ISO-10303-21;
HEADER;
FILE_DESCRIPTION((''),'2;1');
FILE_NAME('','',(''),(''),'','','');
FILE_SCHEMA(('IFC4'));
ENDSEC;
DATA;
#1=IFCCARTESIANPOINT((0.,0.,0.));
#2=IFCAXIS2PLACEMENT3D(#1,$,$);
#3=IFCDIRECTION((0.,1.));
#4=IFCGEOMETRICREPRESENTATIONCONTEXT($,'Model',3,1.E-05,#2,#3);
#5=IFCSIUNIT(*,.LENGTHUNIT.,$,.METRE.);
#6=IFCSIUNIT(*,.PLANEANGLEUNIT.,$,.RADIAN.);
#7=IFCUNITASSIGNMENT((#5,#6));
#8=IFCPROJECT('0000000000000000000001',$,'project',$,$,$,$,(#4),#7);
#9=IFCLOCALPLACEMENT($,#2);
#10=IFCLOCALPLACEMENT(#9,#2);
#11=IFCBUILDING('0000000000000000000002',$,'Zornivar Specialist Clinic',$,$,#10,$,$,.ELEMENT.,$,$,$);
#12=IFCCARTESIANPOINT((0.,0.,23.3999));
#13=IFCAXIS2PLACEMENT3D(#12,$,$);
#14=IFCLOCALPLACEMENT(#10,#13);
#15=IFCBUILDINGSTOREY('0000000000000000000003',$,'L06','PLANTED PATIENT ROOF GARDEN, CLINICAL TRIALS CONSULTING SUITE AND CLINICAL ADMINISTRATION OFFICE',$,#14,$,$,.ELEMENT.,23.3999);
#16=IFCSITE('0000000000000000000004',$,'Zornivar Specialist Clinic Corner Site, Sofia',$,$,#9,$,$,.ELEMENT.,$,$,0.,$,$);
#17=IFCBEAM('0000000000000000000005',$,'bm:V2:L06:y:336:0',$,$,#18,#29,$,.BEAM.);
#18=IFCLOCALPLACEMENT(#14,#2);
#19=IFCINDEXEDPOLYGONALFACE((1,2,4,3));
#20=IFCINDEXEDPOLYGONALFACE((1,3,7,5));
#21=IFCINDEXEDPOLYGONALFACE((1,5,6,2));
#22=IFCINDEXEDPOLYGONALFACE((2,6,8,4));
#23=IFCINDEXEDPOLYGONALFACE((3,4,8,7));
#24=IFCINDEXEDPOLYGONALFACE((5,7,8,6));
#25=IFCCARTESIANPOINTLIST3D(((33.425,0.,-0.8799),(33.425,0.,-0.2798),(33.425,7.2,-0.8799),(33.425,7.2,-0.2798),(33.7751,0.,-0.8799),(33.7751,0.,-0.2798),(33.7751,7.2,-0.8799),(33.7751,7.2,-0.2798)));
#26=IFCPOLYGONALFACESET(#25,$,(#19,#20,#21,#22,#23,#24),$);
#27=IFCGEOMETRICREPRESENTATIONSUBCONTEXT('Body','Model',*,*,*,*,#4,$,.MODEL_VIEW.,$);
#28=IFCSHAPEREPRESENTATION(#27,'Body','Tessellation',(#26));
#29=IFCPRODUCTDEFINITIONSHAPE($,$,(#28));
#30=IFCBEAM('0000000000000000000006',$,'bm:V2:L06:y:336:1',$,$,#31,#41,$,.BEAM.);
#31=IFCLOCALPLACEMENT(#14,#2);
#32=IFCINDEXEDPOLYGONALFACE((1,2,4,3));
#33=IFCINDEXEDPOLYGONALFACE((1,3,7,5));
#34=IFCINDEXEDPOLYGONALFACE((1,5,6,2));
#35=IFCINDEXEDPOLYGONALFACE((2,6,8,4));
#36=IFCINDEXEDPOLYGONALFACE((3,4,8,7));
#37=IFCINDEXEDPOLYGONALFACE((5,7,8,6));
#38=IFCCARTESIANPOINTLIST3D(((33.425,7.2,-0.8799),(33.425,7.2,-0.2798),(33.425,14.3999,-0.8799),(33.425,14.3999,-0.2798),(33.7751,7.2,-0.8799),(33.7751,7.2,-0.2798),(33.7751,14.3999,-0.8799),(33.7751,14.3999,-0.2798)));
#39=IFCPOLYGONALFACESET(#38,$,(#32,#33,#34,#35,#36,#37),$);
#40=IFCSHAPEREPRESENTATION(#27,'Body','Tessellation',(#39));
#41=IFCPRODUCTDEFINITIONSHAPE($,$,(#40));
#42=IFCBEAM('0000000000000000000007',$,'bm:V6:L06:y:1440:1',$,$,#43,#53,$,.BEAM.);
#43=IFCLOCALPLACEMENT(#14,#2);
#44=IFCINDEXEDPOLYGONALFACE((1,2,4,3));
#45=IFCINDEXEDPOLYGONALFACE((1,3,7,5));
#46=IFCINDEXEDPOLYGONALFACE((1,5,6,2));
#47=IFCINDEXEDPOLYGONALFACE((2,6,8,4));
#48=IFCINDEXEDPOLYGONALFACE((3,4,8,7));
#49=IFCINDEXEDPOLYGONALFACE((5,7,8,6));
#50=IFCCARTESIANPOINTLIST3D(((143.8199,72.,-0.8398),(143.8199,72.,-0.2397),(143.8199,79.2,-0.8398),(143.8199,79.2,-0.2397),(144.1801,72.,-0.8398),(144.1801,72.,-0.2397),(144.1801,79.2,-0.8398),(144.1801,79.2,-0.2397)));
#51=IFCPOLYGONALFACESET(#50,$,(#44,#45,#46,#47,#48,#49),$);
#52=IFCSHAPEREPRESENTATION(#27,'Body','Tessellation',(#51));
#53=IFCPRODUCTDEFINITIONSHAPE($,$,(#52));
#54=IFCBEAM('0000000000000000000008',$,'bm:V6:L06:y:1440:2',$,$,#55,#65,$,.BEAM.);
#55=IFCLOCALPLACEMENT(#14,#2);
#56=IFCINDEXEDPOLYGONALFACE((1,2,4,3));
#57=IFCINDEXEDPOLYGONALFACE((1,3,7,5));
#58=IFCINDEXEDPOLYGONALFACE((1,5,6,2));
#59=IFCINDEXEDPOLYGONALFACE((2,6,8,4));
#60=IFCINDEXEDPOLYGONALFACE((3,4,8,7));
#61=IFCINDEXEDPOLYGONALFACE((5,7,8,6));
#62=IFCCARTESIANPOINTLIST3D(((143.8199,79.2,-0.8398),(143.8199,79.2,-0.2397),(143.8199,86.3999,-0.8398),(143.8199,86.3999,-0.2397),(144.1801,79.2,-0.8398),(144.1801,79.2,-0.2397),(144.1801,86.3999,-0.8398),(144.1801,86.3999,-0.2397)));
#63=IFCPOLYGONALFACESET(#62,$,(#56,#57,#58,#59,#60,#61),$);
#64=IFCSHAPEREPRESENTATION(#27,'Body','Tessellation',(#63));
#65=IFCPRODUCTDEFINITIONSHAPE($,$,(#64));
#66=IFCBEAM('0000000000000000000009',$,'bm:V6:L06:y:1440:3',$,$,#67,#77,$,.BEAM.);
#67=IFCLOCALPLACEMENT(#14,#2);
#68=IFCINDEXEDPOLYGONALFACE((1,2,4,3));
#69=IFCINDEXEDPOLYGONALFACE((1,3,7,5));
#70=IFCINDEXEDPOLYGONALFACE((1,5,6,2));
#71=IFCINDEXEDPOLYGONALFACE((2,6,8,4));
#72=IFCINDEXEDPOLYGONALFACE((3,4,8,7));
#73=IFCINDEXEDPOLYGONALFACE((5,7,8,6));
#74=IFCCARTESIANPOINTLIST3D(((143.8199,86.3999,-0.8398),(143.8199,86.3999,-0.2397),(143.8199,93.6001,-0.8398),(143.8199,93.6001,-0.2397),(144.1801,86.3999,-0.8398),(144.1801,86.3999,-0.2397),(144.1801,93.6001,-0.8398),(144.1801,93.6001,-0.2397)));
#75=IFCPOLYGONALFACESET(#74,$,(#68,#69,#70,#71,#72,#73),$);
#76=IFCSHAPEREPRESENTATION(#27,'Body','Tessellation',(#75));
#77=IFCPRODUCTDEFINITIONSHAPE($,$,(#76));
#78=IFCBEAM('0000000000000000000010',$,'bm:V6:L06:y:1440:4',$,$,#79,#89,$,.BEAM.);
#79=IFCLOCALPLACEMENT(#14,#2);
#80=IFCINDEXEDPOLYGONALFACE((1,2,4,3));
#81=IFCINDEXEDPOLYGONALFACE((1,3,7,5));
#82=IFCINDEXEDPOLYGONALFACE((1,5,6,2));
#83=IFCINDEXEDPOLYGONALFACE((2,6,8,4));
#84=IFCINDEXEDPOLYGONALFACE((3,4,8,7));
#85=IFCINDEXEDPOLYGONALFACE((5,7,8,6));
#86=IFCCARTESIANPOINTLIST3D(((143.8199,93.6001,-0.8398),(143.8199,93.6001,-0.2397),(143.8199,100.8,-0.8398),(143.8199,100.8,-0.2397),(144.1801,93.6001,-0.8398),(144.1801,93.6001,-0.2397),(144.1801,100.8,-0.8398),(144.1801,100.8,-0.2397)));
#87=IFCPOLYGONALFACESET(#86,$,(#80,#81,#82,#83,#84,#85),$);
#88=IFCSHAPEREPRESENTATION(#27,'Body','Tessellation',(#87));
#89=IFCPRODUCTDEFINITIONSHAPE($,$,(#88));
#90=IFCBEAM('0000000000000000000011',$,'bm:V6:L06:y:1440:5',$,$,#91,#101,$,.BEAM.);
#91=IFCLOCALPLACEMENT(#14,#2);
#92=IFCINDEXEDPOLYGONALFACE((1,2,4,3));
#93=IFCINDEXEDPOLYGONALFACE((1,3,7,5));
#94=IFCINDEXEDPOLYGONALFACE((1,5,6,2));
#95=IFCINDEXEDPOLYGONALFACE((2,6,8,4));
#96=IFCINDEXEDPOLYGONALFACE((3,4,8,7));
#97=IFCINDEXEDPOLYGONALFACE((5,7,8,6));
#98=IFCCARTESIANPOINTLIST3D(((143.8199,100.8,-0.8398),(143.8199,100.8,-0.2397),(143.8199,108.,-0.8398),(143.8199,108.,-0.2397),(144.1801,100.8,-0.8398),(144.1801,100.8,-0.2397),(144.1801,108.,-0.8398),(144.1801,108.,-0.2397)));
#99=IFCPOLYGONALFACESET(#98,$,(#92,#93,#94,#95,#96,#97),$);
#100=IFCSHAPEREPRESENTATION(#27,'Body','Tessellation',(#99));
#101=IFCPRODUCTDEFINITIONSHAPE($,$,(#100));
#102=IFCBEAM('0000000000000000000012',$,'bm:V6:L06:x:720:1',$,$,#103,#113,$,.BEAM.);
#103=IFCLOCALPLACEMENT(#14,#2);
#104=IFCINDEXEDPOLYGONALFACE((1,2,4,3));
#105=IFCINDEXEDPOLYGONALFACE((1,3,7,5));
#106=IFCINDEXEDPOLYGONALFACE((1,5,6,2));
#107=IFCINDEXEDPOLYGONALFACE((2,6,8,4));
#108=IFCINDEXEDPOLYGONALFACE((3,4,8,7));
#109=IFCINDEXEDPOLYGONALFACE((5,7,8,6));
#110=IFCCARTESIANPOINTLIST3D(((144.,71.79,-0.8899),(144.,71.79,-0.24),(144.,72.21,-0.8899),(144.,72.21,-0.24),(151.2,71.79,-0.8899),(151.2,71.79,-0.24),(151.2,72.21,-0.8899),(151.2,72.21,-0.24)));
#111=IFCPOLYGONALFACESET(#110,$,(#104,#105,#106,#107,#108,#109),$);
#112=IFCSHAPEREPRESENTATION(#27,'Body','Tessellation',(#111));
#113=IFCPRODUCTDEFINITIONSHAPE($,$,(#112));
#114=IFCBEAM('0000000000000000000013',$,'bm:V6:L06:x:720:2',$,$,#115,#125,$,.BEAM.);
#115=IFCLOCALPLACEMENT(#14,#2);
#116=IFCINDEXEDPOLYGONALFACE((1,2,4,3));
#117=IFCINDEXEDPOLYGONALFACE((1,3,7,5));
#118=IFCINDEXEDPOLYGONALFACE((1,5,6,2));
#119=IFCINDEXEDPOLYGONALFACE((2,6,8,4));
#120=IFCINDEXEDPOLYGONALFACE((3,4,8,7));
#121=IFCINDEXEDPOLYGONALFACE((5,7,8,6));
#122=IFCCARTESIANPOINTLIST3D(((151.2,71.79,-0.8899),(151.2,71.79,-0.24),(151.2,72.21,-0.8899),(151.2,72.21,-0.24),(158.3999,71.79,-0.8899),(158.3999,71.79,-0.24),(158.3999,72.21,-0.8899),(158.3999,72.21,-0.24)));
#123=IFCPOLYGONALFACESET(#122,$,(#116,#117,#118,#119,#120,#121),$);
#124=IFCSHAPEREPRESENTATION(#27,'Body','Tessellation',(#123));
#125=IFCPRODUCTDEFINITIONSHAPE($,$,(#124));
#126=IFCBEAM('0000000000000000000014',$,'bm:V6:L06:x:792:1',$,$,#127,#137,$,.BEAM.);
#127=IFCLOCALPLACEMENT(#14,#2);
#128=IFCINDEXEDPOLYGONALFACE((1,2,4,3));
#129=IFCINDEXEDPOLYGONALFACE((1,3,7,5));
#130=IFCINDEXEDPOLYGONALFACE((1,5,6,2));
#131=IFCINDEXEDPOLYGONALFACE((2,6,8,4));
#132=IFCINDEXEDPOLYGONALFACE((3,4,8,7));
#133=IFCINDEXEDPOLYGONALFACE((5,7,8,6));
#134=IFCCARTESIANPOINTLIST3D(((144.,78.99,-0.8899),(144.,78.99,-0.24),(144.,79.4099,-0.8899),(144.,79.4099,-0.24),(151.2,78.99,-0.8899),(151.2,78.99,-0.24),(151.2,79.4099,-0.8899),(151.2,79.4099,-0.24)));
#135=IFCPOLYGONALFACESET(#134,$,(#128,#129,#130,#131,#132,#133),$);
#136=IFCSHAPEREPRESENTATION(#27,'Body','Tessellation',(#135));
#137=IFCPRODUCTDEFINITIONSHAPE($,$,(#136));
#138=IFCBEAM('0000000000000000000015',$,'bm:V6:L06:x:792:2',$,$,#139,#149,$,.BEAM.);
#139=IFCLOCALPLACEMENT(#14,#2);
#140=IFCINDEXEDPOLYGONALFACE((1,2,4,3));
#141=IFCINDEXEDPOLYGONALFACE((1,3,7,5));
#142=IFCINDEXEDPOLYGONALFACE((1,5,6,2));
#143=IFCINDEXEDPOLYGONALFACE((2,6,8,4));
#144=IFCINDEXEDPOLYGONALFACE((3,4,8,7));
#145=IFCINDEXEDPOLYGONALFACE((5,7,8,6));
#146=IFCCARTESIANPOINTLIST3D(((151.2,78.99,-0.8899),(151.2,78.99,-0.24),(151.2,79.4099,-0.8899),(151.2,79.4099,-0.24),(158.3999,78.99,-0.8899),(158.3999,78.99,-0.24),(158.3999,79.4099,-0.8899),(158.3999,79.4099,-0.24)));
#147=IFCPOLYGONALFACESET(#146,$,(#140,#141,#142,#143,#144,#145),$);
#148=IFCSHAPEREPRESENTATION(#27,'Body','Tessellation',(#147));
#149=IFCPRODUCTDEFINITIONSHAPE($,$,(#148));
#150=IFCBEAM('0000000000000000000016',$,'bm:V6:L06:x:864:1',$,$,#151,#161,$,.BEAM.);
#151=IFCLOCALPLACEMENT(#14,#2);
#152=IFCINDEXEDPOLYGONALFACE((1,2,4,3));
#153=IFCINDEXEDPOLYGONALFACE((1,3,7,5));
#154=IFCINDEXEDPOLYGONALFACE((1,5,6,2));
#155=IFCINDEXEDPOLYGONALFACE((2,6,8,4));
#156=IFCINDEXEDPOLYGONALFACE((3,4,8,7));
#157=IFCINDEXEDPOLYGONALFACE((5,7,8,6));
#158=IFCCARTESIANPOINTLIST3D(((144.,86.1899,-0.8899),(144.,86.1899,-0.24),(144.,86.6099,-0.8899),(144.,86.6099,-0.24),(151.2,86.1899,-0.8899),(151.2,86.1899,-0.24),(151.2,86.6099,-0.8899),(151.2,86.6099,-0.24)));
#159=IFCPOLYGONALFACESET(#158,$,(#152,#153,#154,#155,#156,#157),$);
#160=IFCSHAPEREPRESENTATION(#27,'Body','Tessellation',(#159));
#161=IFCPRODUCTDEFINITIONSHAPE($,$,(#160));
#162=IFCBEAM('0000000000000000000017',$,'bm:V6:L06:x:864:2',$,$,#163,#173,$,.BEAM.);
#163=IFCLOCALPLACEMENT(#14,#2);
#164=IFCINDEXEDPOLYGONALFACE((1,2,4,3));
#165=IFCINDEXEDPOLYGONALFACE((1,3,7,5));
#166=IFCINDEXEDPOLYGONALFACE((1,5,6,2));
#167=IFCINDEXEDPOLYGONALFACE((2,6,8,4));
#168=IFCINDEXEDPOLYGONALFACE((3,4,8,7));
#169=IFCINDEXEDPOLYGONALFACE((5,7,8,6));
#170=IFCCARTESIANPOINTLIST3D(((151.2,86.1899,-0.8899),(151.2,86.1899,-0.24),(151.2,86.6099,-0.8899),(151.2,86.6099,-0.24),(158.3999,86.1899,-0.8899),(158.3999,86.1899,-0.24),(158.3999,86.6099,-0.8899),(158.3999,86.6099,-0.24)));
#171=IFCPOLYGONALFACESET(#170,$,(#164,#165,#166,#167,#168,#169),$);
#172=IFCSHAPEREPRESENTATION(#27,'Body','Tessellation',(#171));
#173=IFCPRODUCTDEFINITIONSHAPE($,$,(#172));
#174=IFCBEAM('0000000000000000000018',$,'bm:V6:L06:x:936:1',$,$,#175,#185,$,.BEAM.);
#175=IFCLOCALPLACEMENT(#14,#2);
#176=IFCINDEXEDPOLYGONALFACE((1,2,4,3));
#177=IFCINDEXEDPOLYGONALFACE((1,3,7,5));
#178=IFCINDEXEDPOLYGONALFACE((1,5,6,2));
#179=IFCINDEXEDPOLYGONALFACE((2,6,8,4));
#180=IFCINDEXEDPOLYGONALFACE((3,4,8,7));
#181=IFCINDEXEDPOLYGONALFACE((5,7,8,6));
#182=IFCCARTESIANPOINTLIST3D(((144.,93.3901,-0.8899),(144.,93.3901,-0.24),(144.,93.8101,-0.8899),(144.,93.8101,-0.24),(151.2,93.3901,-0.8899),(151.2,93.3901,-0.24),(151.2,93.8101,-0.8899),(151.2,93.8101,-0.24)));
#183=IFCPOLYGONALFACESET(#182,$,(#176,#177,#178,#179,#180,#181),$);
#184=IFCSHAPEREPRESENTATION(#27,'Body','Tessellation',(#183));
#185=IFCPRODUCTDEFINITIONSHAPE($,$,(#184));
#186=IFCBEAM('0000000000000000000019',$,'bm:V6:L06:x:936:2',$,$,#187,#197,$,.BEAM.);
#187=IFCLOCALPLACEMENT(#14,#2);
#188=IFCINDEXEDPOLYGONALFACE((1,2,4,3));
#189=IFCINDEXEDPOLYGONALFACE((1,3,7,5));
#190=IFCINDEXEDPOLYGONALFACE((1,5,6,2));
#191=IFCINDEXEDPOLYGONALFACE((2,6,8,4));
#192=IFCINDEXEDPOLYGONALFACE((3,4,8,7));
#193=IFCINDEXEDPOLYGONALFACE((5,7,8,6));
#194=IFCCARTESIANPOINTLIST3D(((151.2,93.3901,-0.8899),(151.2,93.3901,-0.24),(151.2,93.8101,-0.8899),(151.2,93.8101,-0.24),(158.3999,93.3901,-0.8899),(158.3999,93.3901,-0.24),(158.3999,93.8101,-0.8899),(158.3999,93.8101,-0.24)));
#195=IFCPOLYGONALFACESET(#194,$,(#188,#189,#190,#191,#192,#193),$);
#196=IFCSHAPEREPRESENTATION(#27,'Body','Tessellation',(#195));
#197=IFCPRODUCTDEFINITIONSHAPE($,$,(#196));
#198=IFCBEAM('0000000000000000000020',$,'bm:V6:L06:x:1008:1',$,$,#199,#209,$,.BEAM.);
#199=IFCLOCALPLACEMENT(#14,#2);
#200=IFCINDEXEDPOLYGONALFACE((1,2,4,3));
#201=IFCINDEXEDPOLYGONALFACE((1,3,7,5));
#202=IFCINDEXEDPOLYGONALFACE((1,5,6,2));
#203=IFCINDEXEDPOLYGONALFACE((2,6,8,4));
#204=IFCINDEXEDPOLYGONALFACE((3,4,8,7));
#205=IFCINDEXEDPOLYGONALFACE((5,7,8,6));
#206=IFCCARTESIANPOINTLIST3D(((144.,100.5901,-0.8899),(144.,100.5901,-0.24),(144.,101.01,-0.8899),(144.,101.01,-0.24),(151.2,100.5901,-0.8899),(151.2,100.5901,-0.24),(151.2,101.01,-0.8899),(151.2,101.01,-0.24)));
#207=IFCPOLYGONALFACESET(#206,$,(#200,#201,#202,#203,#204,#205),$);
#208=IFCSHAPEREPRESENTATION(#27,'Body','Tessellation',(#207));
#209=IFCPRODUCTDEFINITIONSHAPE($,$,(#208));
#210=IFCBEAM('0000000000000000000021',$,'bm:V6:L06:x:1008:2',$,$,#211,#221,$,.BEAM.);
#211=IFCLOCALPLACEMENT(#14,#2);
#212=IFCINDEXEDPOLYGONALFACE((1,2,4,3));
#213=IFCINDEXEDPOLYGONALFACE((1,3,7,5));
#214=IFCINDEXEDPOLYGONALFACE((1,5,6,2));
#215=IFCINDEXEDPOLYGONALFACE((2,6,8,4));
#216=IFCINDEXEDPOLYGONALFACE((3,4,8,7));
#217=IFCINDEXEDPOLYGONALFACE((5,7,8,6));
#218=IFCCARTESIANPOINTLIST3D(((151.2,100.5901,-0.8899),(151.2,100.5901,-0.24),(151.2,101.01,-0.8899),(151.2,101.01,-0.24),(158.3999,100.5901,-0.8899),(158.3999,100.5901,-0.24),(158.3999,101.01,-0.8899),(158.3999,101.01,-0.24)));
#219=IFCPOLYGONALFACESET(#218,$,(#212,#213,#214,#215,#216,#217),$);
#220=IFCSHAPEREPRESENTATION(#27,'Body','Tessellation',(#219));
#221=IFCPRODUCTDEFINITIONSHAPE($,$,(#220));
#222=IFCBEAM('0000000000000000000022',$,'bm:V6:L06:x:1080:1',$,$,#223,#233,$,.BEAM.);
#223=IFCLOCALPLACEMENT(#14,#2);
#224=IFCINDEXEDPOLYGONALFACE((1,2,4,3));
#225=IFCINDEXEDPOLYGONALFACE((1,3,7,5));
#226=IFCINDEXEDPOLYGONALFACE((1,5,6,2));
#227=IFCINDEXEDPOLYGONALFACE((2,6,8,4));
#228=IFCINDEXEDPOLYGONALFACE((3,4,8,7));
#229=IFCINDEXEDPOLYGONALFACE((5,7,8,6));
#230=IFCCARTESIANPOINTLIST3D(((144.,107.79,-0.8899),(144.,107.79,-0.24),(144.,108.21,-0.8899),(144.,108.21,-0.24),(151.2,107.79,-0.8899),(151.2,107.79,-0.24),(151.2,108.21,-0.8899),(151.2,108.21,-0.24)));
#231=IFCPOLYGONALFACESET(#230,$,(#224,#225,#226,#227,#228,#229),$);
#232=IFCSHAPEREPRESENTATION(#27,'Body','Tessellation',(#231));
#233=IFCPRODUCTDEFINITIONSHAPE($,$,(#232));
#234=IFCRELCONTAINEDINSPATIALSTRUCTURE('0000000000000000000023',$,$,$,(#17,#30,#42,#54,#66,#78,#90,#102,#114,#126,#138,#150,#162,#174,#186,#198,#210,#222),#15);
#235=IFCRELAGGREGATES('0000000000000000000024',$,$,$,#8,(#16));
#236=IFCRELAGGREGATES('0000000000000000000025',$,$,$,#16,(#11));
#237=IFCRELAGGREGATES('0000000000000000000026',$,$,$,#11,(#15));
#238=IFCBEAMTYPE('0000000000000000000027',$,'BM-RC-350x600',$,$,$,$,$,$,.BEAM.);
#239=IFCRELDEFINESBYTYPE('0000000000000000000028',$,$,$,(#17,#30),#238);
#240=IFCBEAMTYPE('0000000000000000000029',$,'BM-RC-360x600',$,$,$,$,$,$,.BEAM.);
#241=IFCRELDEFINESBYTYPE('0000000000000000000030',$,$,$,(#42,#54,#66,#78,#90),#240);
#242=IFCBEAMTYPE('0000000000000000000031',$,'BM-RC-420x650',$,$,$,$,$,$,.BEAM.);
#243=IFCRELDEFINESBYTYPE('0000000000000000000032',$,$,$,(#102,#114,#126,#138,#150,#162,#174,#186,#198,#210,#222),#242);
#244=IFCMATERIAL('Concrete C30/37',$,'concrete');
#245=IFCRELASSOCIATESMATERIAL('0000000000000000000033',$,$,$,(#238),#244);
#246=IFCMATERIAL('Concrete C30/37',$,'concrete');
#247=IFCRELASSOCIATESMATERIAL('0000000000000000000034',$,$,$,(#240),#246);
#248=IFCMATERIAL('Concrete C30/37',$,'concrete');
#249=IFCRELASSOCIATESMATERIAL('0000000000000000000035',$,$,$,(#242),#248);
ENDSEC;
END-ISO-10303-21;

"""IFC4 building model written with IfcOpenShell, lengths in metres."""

from ifc_helpers import new_model, si_unit, direction, frame, origin, origin_2d, place, context, subcontext, project, spatial, rectangle, extrude, material, material_profile, profile_set, type_object, element, save


model = new_model("IFC4")

# Units and contexts
model_context = context("Model", 3, precision=1e-05, world=origin(), true_north=direction((0.0, 1.0)))
body_context = subcontext(model_context, "Body", "Model", "MODEL_VIEW")
ifc_project = project(units=[si_unit("LENGTHUNIT", "METRE"), si_unit("PLANEANGLEUNIT", "RADIAN")], contexts=[model_context])

# Site, building, storey
site_placement = place(None, origin())
site = spatial("IfcSite", under=ifc_project, at=site_placement, Name="Zornivar Specialist Clinic Corner Site, Sofia", CompositionType="ELEMENT", RefElevation=0.0)
building_placement = place(site_placement, origin())
building = spatial("IfcBuilding", under=site, at=building_placement, Name="Zornivar Specialist Clinic", CompositionType="ELEMENT")
storey_placement = place(building_placement, frame((0.0, 0.0, 23.3999)))
storey = spatial("IfcBuildingStorey", under=building, at=storey_placement, Name="L06", Description="PLANTED PATIENT ROOF GARDEN, CLINICAL TRIALS CONSULTING SUITE AND CLINICAL ADMINISTRATION OFFICE", CompositionType="ELEMENT", Elevation=23.3999)

# Beams
ifc_material_1 = material(Name="Concrete C30/37", Category="concrete")
ifc_material_profile_1 = material_profile(ifc_material_1, rectangle(XDim=0.3501, YDim=0.6001, at=origin_2d()), Name="RC 350x600")
ifc_profile_set_1 = profile_set([ifc_material_profile_1], Name="Concrete C30/37")
beam_type_1 = type_object("IfcBeamType", Name="BM-RC-350x600", PredefinedType="BEAM", material=ifc_profile_set_1)
for number, where, z_axis, x_axis, name in (
    (1, (33.6001, 0.0, -0.5798), (0.0, 1.0, 0.0), (-1.0, 0.0, 0.0), "bm:V2:L06:y:336:0"),
    (2, (33.6001, 7.2, -0.5798), (0.0, 1.0, 0.0), (-1.0, 0.0, 0.0), "bm:V2:L06:y:336:1"),
):
    element("IfcBeam", number, at=place(storey_placement, frame(where, z_axis=z_axis, x_axis=x_axis)), inside=storey, type_object=beam_type_1, Name=name, PredefinedType="BEAM", context=body_context, shape_type="SweptSolid", body=[
        extrude(rectangle(XDim=0.3501, YDim=0.6001, at=origin_2d()), origin(), (0.0, 0.0, 1.0), 7.2),
    ])
ifc_material_2 = material(Name="Concrete C30/37", Category="concrete")
ifc_material_profile_2 = material_profile(ifc_material_2, rectangle(XDim=0.3601, YDim=0.6001, at=origin_2d()), Name="RC 360x600")
ifc_profile_set_2 = profile_set([ifc_material_profile_2], Name="Concrete C30/37")
beam_type_2 = type_object("IfcBeamType", Name="BM-RC-360x600", PredefinedType="BEAM", material=ifc_profile_set_2)
for number, where, z_axis, x_axis, name in (
    (3, (144.0, 72.0, -0.5398), (0.0, 1.0, 0.0), (-1.0, 0.0, 0.0), "bm:V6:L06:y:1440:1"),
    (4, (144.0, 79.2, -0.5398), (0.0, 1.0, 0.0), (-1.0, 0.0, 0.0), "bm:V6:L06:y:1440:2"),
):
    element("IfcBeam", number, at=place(storey_placement, frame(where, z_axis=z_axis, x_axis=x_axis)), inside=storey, type_object=beam_type_2, Name=name, PredefinedType="BEAM", context=body_context, shape_type="SweptSolid", body=[
        extrude(rectangle(XDim=0.3601, YDim=0.6001, at=origin_2d()), origin(), (0.0, 0.0, 1.0), 7.2),
    ])
beam_placement = place(storey_placement, frame((144.0, 86.3999, -0.5398), z_axis=(0.0, 1.0, 0.0), x_axis=(-1.0, 0.0, 0.0)))
element("IfcBeam", 5, at=beam_placement, inside=storey, type_object=beam_type_2, Name="bm:V6:L06:y:1440:3", PredefinedType="BEAM", context=body_context, shape_type="SweptSolid", body=[
    extrude(rectangle(XDim=0.3601, YDim=0.6001, at=origin_2d()), origin(), (0.0, 0.0, 1.0), 7.2002),
])
for number, where, z_axis, x_axis, name in (
    (6, (144.0, 93.6001, -0.5398), (0.0, 1.0, 0.0), (-1.0, 0.0, 0.0), "bm:V6:L06:y:1440:4"),
    (7, (144.0, 100.8, -0.5398), (0.0, 1.0, 0.0), (-1.0, 0.0, 0.0), "bm:V6:L06:y:1440:5"),
):
    element("IfcBeam", number, at=place(storey_placement, frame(where, z_axis=z_axis, x_axis=x_axis)), inside=storey, type_object=beam_type_2, Name=name, PredefinedType="BEAM", context=body_context, shape_type="SweptSolid", body=[
        extrude(rectangle(XDim=0.3601, YDim=0.6001, at=origin_2d()), origin(), (0.0, 0.0, 1.0), 7.2),
    ])
ifc_material_3 = material(Name="Concrete C30/37", Category="concrete")
ifc_material_profile_3 = material_profile(ifc_material_3, rectangle(XDim=0.4199, YDim=0.6499, at=origin_2d()), Name="RC 420x650")
ifc_profile_set_3 = profile_set([ifc_material_profile_3], Name="Concrete C30/37")
beam_type_3 = type_object("IfcBeamType", Name="BM-RC-420x650", PredefinedType="BEAM", material=ifc_profile_set_3)
for number, where, z_axis, x_axis, name in (
    (8, (144.0, 72.0, -0.5649), (1.0, 0.0, 0.0), (0.0, 1.0, 0.0), "bm:V6:L06:x:720:1"),
    (9, (151.2, 72.0, -0.5649), (1.0, 0.0, 0.0), (0.0, 1.0, 0.0), "bm:V6:L06:x:720:2"),
    (10, (144.0, 79.2, -0.5649), (1.0, 0.0, 0.0), (0.0, 1.0, 0.0), "bm:V6:L06:x:792:1"),
    (11, (151.2, 79.2, -0.5649), (1.0, 0.0, 0.0), (0.0, 1.0, 0.0), "bm:V6:L06:x:792:2"),
    (12, (144.0, 86.3999, -0.5649), (1.0, 0.0, 0.0), (0.0, 1.0, 0.0), "bm:V6:L06:x:864:1"),
    (13, (151.2, 86.3999, -0.5649), (1.0, 0.0, 0.0), (0.0, 1.0, 0.0), "bm:V6:L06:x:864:2"),
    (14, (144.0, 93.6001, -0.5649), (1.0, 0.0, 0.0), (0.0, 1.0, 0.0), "bm:V6:L06:x:936:1"),
    (15, (151.2, 93.6001, -0.5649), (1.0, 0.0, 0.0), (0.0, 1.0, 0.0), "bm:V6:L06:x:936:2"),
    (16, (144.0, 100.8, -0.5649), (1.0, 0.0, 0.0), (0.0, 1.0, 0.0), "bm:V6:L06:x:1008:1"),
    (17, (151.2, 100.8, -0.5649), (1.0, 0.0, 0.0), (0.0, 1.0, 0.0), "bm:V6:L06:x:1008:2"),
    (18, (144.0, 108.0, -0.5649), (1.0, 0.0, 0.0), (0.0, 1.0, 0.0), "bm:V6:L06:x:1080:1"),
):
    element("IfcBeam", number, at=place(storey_placement, frame(where, z_axis=z_axis, x_axis=x_axis)), inside=storey, type_object=beam_type_3, Name=name, PredefinedType="BEAM", context=body_context, shape_type="SweptSolid", body=[
        extrude(rectangle(XDim=0.4199, YDim=0.6499, at=origin_2d()), origin(), (0.0, 0.0, 1.0), 7.2),
    ])

save(model, "model.ifc")
